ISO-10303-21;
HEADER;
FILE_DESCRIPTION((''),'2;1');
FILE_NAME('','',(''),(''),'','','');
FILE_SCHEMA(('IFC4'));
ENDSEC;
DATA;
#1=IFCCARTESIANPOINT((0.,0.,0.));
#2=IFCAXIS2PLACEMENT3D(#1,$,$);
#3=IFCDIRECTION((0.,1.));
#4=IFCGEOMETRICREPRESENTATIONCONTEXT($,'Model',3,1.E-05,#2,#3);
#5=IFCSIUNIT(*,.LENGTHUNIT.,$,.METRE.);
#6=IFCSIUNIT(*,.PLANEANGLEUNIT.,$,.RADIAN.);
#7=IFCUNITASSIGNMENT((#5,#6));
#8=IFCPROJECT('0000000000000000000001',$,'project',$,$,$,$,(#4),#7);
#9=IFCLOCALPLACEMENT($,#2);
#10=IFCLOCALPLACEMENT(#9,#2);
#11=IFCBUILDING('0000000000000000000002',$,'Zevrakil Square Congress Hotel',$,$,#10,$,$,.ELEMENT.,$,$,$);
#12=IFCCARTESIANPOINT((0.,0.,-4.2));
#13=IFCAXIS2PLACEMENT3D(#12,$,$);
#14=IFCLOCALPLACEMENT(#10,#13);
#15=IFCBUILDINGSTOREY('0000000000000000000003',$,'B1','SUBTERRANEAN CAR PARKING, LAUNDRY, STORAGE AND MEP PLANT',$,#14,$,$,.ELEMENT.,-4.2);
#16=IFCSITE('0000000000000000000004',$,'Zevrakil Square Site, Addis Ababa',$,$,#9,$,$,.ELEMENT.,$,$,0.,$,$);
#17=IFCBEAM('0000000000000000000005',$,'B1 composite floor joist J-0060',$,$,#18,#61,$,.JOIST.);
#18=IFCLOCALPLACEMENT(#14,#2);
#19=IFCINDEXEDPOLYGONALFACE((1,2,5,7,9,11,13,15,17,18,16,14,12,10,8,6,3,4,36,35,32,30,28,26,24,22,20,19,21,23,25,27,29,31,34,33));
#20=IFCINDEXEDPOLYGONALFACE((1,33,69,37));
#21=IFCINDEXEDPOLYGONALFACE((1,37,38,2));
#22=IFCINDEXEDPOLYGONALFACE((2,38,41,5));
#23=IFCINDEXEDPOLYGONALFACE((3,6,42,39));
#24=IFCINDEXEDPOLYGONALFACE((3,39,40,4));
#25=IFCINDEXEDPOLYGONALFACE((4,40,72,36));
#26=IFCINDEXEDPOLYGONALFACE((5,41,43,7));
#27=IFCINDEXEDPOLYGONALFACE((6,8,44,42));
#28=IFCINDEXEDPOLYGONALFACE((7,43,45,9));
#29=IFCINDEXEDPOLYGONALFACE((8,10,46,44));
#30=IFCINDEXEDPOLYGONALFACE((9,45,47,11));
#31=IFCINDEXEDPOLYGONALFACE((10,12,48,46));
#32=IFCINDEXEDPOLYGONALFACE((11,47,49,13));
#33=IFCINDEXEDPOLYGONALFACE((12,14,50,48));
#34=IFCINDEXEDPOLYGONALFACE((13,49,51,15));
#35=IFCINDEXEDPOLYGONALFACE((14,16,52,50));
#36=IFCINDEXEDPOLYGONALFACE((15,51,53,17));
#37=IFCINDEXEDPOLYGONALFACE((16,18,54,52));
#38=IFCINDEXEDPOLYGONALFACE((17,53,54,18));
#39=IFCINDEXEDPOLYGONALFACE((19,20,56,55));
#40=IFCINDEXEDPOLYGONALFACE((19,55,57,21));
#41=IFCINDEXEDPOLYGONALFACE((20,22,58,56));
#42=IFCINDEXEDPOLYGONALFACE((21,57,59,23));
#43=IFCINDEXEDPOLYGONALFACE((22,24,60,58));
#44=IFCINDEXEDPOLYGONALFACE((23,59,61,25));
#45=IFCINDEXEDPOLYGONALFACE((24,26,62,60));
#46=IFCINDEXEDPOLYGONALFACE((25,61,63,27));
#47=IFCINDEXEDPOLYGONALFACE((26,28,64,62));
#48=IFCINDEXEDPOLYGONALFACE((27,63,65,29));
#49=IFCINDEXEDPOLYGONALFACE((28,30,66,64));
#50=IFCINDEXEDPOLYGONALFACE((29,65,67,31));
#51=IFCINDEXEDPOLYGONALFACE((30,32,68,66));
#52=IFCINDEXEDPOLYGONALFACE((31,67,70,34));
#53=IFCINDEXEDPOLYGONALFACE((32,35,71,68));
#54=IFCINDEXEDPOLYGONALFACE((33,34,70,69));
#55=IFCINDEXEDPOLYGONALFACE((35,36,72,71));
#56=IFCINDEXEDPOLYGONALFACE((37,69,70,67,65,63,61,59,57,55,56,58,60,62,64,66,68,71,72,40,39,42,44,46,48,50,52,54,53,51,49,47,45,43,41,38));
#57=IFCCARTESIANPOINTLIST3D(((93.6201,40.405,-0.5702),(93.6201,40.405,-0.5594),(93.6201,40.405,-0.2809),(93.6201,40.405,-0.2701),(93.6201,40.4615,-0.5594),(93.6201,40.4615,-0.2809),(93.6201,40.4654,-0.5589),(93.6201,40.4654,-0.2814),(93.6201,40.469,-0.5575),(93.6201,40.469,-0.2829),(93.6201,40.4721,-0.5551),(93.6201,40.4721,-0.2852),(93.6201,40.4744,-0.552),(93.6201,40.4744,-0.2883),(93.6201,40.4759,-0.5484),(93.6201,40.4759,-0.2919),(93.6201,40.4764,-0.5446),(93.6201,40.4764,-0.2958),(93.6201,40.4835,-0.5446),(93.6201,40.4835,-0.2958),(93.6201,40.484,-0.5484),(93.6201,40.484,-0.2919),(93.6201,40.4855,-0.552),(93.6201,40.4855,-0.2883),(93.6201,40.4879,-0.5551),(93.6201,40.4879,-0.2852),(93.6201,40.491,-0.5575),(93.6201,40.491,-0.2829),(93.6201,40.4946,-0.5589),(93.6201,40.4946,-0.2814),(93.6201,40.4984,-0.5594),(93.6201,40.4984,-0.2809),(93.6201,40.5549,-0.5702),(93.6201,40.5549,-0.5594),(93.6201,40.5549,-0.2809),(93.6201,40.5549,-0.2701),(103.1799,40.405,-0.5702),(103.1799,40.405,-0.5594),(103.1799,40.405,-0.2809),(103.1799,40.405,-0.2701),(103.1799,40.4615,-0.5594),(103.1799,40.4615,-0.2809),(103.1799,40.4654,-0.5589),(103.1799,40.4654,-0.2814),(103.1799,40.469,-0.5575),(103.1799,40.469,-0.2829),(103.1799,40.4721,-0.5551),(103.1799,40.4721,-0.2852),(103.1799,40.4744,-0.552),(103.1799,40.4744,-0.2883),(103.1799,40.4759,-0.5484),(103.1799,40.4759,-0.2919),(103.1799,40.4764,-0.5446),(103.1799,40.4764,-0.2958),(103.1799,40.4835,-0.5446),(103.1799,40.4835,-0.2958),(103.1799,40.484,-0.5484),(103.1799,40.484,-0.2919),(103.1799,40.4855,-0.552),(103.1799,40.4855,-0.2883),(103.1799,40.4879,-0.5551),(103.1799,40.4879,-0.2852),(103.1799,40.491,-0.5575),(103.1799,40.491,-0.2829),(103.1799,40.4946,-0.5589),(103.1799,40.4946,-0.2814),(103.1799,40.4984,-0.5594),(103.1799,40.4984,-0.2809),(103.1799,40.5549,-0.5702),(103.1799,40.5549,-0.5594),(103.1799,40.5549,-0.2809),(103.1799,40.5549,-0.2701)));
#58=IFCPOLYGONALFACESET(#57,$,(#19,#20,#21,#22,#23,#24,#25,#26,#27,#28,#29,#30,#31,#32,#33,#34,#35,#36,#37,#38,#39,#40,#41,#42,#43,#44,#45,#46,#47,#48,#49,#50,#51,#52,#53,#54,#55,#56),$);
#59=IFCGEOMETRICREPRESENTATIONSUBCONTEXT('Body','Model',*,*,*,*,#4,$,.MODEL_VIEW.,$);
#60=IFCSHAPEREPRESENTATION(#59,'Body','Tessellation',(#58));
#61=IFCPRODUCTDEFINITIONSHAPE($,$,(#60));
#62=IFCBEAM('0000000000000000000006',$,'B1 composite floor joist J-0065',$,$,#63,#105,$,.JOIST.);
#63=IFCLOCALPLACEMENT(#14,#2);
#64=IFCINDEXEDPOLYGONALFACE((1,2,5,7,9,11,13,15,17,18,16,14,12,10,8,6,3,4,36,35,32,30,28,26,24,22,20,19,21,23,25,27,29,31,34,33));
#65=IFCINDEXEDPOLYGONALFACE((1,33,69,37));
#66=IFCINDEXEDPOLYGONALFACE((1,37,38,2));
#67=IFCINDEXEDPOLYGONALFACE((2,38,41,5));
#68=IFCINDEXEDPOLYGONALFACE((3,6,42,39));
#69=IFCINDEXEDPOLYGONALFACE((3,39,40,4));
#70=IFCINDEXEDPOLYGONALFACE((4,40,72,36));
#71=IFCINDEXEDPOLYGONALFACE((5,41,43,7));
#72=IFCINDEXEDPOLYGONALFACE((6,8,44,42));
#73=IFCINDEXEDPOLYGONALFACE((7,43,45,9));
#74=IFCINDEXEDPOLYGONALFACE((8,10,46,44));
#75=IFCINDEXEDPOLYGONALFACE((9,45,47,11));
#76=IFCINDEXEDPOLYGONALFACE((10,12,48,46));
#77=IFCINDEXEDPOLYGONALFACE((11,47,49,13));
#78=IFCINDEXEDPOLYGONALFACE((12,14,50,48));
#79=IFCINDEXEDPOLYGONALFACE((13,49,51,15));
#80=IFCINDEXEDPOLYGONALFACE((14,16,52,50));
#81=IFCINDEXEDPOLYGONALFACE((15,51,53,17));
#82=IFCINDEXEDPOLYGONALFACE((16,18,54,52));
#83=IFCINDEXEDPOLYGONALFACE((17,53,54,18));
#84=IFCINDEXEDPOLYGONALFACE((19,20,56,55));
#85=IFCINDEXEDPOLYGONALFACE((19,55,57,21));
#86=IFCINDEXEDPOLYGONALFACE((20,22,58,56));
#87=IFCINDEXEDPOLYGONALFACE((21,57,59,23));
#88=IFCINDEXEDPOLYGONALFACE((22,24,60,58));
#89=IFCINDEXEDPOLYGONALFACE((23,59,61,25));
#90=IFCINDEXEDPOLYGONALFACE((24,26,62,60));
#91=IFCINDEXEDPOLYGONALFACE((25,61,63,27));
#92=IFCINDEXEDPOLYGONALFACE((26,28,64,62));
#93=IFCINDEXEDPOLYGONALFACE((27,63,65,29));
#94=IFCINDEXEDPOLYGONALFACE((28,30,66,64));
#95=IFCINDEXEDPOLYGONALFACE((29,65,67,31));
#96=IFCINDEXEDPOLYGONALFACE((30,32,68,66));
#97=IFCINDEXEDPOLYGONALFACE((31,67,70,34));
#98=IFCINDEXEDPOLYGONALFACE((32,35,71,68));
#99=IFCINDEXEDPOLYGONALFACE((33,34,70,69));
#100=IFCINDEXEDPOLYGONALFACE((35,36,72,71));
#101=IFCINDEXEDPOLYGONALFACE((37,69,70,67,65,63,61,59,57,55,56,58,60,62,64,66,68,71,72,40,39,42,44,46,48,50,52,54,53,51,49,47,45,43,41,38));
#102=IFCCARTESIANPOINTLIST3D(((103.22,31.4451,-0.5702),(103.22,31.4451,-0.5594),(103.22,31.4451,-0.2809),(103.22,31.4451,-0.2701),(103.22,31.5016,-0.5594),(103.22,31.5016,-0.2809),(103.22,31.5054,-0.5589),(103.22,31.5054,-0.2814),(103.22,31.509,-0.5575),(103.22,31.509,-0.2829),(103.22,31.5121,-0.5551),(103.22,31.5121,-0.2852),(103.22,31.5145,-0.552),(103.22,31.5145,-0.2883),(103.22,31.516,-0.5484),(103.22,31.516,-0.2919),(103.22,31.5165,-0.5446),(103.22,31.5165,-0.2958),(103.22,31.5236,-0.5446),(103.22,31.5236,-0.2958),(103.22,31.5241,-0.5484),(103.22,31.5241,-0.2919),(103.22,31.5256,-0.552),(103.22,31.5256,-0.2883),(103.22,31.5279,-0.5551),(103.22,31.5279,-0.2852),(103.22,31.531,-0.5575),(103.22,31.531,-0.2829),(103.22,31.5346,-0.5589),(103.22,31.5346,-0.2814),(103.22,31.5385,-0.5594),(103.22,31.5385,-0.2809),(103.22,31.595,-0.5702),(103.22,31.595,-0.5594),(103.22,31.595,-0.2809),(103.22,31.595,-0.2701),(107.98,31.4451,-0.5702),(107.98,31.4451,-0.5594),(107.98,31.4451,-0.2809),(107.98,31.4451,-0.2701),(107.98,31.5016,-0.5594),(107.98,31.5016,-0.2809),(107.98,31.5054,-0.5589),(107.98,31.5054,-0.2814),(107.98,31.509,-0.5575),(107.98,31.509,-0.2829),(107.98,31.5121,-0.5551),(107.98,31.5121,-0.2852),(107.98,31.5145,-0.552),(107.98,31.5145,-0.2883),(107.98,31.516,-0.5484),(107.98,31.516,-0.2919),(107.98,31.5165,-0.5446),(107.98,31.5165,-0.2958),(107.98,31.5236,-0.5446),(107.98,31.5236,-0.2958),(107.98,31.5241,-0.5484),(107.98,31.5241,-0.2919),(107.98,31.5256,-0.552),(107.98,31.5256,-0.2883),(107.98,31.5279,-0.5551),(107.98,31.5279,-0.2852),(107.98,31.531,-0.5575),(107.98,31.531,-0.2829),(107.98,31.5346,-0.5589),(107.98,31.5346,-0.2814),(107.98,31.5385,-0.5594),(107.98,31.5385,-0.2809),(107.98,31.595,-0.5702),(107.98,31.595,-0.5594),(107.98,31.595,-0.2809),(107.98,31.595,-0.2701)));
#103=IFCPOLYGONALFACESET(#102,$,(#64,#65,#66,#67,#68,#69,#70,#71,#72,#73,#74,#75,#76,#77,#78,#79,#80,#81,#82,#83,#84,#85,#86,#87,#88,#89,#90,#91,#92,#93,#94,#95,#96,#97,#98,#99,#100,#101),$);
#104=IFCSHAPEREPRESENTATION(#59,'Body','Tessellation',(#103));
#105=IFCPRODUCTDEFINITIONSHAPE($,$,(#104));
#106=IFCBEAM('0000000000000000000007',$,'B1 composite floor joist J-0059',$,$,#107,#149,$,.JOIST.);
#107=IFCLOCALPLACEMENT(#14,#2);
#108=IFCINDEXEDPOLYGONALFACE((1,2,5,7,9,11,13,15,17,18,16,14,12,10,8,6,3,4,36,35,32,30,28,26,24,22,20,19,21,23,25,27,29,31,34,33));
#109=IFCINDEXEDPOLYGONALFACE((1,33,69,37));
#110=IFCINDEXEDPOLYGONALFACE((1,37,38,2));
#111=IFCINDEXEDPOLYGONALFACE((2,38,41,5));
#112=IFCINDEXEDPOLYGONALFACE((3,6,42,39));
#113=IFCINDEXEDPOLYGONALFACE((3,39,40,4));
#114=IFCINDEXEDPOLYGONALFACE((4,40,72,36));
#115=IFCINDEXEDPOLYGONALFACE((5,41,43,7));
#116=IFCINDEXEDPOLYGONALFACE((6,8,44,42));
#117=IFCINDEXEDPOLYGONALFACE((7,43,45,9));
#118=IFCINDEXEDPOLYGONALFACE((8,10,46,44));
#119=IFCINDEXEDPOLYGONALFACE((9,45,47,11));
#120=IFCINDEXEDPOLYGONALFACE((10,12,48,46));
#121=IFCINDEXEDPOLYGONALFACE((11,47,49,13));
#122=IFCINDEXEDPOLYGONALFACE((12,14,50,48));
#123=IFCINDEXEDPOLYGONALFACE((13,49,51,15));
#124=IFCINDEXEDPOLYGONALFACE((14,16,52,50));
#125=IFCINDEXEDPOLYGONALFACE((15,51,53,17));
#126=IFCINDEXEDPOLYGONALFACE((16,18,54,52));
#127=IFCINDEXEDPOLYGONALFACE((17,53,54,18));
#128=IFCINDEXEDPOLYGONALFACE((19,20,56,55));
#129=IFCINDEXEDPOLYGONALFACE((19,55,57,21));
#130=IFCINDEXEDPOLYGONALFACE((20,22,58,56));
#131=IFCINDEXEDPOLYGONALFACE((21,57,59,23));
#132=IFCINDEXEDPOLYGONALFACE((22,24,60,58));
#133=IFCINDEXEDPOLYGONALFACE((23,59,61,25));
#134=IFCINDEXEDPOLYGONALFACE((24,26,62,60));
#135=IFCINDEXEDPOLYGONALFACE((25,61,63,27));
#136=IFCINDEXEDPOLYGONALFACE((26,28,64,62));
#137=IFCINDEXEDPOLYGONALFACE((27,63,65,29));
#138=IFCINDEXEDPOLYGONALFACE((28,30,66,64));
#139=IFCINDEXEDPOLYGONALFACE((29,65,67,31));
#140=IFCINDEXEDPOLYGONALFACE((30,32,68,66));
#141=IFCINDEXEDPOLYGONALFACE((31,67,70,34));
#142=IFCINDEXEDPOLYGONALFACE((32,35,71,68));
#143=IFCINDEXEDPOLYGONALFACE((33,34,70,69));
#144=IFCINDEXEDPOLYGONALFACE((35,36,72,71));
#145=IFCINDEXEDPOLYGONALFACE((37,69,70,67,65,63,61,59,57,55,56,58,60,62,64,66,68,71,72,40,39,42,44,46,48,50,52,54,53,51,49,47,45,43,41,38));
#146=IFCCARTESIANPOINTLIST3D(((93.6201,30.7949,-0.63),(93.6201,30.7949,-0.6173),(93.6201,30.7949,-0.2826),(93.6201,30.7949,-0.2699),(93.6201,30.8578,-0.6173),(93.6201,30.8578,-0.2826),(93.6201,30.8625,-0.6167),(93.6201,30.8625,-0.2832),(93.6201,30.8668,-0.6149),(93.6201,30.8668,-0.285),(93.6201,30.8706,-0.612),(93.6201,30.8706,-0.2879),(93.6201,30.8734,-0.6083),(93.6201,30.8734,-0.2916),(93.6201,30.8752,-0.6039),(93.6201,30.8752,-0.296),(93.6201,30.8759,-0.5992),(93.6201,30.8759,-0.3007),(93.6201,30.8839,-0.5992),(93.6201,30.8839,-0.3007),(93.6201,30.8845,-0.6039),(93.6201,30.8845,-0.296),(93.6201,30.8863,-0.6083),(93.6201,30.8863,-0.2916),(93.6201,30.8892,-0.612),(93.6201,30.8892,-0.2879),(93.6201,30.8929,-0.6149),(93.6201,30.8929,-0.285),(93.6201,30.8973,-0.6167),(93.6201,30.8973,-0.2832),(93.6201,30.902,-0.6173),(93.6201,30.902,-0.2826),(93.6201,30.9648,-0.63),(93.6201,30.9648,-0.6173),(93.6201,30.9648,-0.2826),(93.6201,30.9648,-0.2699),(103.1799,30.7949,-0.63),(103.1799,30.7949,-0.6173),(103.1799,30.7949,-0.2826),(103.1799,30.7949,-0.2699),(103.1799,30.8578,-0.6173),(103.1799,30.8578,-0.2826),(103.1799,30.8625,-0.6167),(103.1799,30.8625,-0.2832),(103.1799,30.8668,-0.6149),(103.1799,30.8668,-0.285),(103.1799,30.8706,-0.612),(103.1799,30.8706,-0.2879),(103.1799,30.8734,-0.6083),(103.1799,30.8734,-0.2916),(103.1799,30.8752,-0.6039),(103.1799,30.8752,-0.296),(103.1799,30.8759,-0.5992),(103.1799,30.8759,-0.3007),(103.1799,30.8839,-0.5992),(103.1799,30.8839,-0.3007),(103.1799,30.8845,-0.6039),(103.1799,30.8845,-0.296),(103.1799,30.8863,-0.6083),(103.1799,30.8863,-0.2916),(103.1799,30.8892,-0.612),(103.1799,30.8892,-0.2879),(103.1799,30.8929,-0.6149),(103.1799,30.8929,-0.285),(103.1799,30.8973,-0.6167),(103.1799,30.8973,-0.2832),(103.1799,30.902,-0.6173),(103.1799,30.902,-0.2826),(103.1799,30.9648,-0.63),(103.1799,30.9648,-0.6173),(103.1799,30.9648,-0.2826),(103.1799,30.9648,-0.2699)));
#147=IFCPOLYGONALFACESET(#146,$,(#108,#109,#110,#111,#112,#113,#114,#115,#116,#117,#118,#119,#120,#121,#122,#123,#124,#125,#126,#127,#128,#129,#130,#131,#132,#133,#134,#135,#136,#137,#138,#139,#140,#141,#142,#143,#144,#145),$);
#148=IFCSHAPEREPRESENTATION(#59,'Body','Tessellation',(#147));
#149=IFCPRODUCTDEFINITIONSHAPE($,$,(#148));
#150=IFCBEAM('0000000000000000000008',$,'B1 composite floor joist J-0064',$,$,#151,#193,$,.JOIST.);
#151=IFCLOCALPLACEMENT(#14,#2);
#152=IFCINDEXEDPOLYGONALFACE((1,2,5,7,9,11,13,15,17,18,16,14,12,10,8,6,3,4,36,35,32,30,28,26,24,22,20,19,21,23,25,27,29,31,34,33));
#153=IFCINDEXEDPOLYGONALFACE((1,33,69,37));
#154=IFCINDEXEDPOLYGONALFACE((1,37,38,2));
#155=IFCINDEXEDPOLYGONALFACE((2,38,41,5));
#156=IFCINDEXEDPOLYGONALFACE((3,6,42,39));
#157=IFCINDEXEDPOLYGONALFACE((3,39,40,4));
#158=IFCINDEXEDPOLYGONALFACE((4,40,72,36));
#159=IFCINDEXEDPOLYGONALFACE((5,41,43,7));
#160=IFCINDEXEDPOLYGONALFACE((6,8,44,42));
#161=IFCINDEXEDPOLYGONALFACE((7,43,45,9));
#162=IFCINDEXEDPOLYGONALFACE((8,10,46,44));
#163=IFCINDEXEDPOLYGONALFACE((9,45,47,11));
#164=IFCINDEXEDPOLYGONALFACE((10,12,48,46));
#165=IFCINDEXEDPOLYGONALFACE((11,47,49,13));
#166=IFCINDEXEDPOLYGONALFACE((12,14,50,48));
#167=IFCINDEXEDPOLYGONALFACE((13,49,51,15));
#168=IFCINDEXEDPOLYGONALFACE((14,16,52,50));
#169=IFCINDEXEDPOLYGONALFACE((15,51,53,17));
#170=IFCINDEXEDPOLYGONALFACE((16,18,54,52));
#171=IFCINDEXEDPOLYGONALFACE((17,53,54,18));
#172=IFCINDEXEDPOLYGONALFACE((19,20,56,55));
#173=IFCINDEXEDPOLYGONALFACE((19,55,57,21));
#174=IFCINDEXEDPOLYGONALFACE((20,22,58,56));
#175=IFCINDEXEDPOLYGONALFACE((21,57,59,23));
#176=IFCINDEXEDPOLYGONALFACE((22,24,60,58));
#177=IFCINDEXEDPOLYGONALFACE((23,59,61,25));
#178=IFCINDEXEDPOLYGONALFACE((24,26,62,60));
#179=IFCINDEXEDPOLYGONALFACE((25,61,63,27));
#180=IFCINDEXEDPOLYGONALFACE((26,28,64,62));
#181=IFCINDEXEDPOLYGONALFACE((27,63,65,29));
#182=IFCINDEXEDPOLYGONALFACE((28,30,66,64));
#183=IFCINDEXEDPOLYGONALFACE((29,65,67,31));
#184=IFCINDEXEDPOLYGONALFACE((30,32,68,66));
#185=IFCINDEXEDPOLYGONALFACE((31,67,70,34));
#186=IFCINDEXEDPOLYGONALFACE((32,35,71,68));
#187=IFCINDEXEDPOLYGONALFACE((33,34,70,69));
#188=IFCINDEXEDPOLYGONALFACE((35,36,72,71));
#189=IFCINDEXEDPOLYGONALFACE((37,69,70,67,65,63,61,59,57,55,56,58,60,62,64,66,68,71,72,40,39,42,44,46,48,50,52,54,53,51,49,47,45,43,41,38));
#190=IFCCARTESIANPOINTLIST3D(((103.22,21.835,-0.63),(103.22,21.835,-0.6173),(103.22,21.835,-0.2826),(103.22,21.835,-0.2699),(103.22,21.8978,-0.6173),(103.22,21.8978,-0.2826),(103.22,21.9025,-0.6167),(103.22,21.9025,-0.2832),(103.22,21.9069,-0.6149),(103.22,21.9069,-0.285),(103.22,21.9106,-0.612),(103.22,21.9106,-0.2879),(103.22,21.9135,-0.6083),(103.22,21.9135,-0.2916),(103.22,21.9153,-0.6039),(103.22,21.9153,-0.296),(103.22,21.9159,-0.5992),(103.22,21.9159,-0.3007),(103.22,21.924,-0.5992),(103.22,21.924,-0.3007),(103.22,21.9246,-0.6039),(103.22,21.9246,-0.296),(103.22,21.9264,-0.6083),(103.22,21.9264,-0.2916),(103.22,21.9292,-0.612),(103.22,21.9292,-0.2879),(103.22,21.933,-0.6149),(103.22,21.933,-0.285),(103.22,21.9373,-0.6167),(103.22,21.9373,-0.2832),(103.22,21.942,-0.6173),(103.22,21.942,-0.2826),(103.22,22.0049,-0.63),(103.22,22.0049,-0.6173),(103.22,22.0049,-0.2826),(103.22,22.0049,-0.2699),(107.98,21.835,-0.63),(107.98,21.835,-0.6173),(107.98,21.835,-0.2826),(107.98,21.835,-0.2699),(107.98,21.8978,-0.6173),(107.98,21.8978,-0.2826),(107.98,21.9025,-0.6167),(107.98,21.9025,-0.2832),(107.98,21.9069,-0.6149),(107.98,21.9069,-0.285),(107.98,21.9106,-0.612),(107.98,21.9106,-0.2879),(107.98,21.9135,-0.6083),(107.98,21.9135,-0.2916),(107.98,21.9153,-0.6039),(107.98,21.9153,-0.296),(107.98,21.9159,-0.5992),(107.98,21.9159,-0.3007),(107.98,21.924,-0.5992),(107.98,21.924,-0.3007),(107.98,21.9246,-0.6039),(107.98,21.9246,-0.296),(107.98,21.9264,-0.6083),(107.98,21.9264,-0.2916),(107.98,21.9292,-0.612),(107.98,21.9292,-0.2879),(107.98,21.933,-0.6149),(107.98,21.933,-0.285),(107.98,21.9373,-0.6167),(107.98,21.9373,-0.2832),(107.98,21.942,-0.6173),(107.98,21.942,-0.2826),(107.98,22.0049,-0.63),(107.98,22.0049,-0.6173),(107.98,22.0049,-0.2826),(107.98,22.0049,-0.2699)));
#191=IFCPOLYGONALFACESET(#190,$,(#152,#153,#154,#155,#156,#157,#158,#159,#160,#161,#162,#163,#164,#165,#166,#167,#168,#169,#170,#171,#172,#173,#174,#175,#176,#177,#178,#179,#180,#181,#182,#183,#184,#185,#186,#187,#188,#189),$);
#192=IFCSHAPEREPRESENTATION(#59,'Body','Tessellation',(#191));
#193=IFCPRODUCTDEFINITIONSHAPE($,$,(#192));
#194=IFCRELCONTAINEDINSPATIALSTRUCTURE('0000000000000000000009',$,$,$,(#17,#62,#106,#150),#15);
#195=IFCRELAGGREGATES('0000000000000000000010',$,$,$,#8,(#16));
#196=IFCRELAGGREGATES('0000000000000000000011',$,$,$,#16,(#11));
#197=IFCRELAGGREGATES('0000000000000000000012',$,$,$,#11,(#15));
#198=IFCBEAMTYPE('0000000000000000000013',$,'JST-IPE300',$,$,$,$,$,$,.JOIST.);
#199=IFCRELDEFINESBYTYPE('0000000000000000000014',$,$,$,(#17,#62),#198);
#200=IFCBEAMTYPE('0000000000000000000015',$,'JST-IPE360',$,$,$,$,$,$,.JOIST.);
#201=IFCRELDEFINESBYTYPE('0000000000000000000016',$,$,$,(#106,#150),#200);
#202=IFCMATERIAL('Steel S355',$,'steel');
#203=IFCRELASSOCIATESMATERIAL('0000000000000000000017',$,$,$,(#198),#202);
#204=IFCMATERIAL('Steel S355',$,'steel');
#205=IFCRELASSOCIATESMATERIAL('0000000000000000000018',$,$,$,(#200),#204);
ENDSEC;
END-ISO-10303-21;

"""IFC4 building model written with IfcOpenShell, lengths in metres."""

from ifc_helpers import new_model, si_unit, direction, frame, origin, origin_2d, place, context, subcontext, project, spatial, i_section, extrude, material, material_profile, profile_set, type_object, element, save


model = new_model("IFC4")

# Units and contexts
model_context = context("Model", 3, precision=1e-05, world=origin(), true_north=direction((0.0, 1.0)))
body_context = subcontext(model_context, "Body", "Model", "MODEL_VIEW")
ifc_project = project(units=[si_unit("LENGTHUNIT", "METRE"), si_unit("PLANEANGLEUNIT", "RADIAN")], contexts=[model_context])

# Site, building, storey
site_placement = place(None, origin())
site = spatial("IfcSite", under=ifc_project, at=site_placement, Name="Zevrakil Square Site, Addis Ababa", CompositionType="ELEMENT", RefElevation=0.0)
building_placement = place(site_placement, origin())
building = spatial("IfcBuilding", under=site, at=building_placement, Name="Zevrakil Square Congress Hotel", CompositionType="ELEMENT")
storey_placement = place(building_placement, frame((0.0, 0.0, -4.2)))
storey = spatial("IfcBuildingStorey", under=building, at=storey_placement, Name="B1", Description="SUBTERRANEAN CAR PARKING, LAUNDRY, STORAGE AND MEP PLANT", CompositionType="ELEMENT", Elevation=-4.2)

# Beams
ifc_material_1 = material(Name="Steel S355", Category="steel")
ifc_material_profile_1 = material_profile(ifc_material_1, i_section(OverallWidth=0.1499, OverallDepth=0.3, WebThickness=0.0071, FlangeThickness=0.0107, FilletRadius=0.0149, at=origin_2d()), Name="IPE 300")
ifc_profile_set_1 = profile_set([ifc_material_profile_1], Name="Steel S355")
beam_type_1 = type_object("IfcBeamType", Name="JST-IPE300", PredefinedType="JOIST", material=ifc_profile_set_1)
beam_1_placement = place(storey_placement, frame((93.6201, 40.48, -0.4202), z_axis=(1.0, 0.0, 0.0), x_axis=(0.0, 1.0, 0.0)))
element("IfcBeam", 1, at=beam_1_placement, inside=storey, type_object=beam_type_1, Name="B1 composite floor joist J-0060", PredefinedType="JOIST", context=body_context, shape_type="SweptSolid", body=[
    extrude(i_section(OverallWidth=0.1499, OverallDepth=0.3, WebThickness=0.0071, FlangeThickness=0.0107, FilletRadius=0.0149, at=origin_2d()), origin(), (0.0, 0.0, 1.0), 9.5598),
])
beam_2_placement = place(storey_placement, frame((103.22, 31.52, -0.4202), z_axis=(1.0, 0.0, 0.0), x_axis=(0.0, 1.0, 0.0)))
element("IfcBeam", 2, at=beam_2_placement, inside=storey, type_object=beam_type_1, Name="B1 composite floor joist J-0065", PredefinedType="JOIST", context=body_context, shape_type="SweptSolid", body=[
    extrude(i_section(OverallWidth=0.1499, OverallDepth=0.3, WebThickness=0.0071, FlangeThickness=0.0107, FilletRadius=0.0149, at=origin_2d()), origin(), (0.0, 0.0, 1.0), 4.76),
])
ifc_material_2 = material(Name="Steel S355", Category="steel")
ifc_material_profile_2 = material_profile(ifc_material_2, i_section(OverallWidth=0.1699, OverallDepth=0.3601, WebThickness=0.0081, FlangeThickness=0.0127, FilletRadius=0.0181, at=origin_2d()), Name="IPE 360")
ifc_profile_set_2 = profile_set([ifc_material_profile_2], Name="Steel S355")
beam_type_2 = type_object("IfcBeamType", Name="JST-IPE360", PredefinedType="JOIST", material=ifc_profile_set_2)
beam_3_placement = place(storey_placement, frame((93.6201, 30.8799, -0.45), z_axis=(1.0, 0.0, 0.0), x_axis=(0.0, 1.0, 0.0)))
element("IfcBeam", 3, at=beam_3_placement, inside=storey, type_object=beam_type_2, Name="B1 composite floor joist J-0059", PredefinedType="JOIST", context=body_context, shape_type="SweptSolid", body=[
    extrude(i_section(OverallWidth=0.1699, OverallDepth=0.3601, WebThickness=0.0081, FlangeThickness=0.0127, FilletRadius=0.0181, at=origin_2d()), origin(), (0.0, 0.0, 1.0), 9.5598),
])
beam_4_placement = place(storey_placement, frame((103.22, 21.9199, -0.45), z_axis=(1.0, 0.0, 0.0), x_axis=(0.0, 1.0, 0.0)))
element("IfcBeam", 4, at=beam_4_placement, inside=storey, type_object=beam_type_2, Name="B1 composite floor joist J-0064", PredefinedType="JOIST", context=body_context, shape_type="SweptSolid", body=[
    extrude(i_section(OverallWidth=0.1699, OverallDepth=0.3601, WebThickness=0.0081, FlangeThickness=0.0127, FilletRadius=0.0181, at=origin_2d()), origin(), (0.0, 0.0, 1.0), 4.76),
])

save(model, "model.ifc")
